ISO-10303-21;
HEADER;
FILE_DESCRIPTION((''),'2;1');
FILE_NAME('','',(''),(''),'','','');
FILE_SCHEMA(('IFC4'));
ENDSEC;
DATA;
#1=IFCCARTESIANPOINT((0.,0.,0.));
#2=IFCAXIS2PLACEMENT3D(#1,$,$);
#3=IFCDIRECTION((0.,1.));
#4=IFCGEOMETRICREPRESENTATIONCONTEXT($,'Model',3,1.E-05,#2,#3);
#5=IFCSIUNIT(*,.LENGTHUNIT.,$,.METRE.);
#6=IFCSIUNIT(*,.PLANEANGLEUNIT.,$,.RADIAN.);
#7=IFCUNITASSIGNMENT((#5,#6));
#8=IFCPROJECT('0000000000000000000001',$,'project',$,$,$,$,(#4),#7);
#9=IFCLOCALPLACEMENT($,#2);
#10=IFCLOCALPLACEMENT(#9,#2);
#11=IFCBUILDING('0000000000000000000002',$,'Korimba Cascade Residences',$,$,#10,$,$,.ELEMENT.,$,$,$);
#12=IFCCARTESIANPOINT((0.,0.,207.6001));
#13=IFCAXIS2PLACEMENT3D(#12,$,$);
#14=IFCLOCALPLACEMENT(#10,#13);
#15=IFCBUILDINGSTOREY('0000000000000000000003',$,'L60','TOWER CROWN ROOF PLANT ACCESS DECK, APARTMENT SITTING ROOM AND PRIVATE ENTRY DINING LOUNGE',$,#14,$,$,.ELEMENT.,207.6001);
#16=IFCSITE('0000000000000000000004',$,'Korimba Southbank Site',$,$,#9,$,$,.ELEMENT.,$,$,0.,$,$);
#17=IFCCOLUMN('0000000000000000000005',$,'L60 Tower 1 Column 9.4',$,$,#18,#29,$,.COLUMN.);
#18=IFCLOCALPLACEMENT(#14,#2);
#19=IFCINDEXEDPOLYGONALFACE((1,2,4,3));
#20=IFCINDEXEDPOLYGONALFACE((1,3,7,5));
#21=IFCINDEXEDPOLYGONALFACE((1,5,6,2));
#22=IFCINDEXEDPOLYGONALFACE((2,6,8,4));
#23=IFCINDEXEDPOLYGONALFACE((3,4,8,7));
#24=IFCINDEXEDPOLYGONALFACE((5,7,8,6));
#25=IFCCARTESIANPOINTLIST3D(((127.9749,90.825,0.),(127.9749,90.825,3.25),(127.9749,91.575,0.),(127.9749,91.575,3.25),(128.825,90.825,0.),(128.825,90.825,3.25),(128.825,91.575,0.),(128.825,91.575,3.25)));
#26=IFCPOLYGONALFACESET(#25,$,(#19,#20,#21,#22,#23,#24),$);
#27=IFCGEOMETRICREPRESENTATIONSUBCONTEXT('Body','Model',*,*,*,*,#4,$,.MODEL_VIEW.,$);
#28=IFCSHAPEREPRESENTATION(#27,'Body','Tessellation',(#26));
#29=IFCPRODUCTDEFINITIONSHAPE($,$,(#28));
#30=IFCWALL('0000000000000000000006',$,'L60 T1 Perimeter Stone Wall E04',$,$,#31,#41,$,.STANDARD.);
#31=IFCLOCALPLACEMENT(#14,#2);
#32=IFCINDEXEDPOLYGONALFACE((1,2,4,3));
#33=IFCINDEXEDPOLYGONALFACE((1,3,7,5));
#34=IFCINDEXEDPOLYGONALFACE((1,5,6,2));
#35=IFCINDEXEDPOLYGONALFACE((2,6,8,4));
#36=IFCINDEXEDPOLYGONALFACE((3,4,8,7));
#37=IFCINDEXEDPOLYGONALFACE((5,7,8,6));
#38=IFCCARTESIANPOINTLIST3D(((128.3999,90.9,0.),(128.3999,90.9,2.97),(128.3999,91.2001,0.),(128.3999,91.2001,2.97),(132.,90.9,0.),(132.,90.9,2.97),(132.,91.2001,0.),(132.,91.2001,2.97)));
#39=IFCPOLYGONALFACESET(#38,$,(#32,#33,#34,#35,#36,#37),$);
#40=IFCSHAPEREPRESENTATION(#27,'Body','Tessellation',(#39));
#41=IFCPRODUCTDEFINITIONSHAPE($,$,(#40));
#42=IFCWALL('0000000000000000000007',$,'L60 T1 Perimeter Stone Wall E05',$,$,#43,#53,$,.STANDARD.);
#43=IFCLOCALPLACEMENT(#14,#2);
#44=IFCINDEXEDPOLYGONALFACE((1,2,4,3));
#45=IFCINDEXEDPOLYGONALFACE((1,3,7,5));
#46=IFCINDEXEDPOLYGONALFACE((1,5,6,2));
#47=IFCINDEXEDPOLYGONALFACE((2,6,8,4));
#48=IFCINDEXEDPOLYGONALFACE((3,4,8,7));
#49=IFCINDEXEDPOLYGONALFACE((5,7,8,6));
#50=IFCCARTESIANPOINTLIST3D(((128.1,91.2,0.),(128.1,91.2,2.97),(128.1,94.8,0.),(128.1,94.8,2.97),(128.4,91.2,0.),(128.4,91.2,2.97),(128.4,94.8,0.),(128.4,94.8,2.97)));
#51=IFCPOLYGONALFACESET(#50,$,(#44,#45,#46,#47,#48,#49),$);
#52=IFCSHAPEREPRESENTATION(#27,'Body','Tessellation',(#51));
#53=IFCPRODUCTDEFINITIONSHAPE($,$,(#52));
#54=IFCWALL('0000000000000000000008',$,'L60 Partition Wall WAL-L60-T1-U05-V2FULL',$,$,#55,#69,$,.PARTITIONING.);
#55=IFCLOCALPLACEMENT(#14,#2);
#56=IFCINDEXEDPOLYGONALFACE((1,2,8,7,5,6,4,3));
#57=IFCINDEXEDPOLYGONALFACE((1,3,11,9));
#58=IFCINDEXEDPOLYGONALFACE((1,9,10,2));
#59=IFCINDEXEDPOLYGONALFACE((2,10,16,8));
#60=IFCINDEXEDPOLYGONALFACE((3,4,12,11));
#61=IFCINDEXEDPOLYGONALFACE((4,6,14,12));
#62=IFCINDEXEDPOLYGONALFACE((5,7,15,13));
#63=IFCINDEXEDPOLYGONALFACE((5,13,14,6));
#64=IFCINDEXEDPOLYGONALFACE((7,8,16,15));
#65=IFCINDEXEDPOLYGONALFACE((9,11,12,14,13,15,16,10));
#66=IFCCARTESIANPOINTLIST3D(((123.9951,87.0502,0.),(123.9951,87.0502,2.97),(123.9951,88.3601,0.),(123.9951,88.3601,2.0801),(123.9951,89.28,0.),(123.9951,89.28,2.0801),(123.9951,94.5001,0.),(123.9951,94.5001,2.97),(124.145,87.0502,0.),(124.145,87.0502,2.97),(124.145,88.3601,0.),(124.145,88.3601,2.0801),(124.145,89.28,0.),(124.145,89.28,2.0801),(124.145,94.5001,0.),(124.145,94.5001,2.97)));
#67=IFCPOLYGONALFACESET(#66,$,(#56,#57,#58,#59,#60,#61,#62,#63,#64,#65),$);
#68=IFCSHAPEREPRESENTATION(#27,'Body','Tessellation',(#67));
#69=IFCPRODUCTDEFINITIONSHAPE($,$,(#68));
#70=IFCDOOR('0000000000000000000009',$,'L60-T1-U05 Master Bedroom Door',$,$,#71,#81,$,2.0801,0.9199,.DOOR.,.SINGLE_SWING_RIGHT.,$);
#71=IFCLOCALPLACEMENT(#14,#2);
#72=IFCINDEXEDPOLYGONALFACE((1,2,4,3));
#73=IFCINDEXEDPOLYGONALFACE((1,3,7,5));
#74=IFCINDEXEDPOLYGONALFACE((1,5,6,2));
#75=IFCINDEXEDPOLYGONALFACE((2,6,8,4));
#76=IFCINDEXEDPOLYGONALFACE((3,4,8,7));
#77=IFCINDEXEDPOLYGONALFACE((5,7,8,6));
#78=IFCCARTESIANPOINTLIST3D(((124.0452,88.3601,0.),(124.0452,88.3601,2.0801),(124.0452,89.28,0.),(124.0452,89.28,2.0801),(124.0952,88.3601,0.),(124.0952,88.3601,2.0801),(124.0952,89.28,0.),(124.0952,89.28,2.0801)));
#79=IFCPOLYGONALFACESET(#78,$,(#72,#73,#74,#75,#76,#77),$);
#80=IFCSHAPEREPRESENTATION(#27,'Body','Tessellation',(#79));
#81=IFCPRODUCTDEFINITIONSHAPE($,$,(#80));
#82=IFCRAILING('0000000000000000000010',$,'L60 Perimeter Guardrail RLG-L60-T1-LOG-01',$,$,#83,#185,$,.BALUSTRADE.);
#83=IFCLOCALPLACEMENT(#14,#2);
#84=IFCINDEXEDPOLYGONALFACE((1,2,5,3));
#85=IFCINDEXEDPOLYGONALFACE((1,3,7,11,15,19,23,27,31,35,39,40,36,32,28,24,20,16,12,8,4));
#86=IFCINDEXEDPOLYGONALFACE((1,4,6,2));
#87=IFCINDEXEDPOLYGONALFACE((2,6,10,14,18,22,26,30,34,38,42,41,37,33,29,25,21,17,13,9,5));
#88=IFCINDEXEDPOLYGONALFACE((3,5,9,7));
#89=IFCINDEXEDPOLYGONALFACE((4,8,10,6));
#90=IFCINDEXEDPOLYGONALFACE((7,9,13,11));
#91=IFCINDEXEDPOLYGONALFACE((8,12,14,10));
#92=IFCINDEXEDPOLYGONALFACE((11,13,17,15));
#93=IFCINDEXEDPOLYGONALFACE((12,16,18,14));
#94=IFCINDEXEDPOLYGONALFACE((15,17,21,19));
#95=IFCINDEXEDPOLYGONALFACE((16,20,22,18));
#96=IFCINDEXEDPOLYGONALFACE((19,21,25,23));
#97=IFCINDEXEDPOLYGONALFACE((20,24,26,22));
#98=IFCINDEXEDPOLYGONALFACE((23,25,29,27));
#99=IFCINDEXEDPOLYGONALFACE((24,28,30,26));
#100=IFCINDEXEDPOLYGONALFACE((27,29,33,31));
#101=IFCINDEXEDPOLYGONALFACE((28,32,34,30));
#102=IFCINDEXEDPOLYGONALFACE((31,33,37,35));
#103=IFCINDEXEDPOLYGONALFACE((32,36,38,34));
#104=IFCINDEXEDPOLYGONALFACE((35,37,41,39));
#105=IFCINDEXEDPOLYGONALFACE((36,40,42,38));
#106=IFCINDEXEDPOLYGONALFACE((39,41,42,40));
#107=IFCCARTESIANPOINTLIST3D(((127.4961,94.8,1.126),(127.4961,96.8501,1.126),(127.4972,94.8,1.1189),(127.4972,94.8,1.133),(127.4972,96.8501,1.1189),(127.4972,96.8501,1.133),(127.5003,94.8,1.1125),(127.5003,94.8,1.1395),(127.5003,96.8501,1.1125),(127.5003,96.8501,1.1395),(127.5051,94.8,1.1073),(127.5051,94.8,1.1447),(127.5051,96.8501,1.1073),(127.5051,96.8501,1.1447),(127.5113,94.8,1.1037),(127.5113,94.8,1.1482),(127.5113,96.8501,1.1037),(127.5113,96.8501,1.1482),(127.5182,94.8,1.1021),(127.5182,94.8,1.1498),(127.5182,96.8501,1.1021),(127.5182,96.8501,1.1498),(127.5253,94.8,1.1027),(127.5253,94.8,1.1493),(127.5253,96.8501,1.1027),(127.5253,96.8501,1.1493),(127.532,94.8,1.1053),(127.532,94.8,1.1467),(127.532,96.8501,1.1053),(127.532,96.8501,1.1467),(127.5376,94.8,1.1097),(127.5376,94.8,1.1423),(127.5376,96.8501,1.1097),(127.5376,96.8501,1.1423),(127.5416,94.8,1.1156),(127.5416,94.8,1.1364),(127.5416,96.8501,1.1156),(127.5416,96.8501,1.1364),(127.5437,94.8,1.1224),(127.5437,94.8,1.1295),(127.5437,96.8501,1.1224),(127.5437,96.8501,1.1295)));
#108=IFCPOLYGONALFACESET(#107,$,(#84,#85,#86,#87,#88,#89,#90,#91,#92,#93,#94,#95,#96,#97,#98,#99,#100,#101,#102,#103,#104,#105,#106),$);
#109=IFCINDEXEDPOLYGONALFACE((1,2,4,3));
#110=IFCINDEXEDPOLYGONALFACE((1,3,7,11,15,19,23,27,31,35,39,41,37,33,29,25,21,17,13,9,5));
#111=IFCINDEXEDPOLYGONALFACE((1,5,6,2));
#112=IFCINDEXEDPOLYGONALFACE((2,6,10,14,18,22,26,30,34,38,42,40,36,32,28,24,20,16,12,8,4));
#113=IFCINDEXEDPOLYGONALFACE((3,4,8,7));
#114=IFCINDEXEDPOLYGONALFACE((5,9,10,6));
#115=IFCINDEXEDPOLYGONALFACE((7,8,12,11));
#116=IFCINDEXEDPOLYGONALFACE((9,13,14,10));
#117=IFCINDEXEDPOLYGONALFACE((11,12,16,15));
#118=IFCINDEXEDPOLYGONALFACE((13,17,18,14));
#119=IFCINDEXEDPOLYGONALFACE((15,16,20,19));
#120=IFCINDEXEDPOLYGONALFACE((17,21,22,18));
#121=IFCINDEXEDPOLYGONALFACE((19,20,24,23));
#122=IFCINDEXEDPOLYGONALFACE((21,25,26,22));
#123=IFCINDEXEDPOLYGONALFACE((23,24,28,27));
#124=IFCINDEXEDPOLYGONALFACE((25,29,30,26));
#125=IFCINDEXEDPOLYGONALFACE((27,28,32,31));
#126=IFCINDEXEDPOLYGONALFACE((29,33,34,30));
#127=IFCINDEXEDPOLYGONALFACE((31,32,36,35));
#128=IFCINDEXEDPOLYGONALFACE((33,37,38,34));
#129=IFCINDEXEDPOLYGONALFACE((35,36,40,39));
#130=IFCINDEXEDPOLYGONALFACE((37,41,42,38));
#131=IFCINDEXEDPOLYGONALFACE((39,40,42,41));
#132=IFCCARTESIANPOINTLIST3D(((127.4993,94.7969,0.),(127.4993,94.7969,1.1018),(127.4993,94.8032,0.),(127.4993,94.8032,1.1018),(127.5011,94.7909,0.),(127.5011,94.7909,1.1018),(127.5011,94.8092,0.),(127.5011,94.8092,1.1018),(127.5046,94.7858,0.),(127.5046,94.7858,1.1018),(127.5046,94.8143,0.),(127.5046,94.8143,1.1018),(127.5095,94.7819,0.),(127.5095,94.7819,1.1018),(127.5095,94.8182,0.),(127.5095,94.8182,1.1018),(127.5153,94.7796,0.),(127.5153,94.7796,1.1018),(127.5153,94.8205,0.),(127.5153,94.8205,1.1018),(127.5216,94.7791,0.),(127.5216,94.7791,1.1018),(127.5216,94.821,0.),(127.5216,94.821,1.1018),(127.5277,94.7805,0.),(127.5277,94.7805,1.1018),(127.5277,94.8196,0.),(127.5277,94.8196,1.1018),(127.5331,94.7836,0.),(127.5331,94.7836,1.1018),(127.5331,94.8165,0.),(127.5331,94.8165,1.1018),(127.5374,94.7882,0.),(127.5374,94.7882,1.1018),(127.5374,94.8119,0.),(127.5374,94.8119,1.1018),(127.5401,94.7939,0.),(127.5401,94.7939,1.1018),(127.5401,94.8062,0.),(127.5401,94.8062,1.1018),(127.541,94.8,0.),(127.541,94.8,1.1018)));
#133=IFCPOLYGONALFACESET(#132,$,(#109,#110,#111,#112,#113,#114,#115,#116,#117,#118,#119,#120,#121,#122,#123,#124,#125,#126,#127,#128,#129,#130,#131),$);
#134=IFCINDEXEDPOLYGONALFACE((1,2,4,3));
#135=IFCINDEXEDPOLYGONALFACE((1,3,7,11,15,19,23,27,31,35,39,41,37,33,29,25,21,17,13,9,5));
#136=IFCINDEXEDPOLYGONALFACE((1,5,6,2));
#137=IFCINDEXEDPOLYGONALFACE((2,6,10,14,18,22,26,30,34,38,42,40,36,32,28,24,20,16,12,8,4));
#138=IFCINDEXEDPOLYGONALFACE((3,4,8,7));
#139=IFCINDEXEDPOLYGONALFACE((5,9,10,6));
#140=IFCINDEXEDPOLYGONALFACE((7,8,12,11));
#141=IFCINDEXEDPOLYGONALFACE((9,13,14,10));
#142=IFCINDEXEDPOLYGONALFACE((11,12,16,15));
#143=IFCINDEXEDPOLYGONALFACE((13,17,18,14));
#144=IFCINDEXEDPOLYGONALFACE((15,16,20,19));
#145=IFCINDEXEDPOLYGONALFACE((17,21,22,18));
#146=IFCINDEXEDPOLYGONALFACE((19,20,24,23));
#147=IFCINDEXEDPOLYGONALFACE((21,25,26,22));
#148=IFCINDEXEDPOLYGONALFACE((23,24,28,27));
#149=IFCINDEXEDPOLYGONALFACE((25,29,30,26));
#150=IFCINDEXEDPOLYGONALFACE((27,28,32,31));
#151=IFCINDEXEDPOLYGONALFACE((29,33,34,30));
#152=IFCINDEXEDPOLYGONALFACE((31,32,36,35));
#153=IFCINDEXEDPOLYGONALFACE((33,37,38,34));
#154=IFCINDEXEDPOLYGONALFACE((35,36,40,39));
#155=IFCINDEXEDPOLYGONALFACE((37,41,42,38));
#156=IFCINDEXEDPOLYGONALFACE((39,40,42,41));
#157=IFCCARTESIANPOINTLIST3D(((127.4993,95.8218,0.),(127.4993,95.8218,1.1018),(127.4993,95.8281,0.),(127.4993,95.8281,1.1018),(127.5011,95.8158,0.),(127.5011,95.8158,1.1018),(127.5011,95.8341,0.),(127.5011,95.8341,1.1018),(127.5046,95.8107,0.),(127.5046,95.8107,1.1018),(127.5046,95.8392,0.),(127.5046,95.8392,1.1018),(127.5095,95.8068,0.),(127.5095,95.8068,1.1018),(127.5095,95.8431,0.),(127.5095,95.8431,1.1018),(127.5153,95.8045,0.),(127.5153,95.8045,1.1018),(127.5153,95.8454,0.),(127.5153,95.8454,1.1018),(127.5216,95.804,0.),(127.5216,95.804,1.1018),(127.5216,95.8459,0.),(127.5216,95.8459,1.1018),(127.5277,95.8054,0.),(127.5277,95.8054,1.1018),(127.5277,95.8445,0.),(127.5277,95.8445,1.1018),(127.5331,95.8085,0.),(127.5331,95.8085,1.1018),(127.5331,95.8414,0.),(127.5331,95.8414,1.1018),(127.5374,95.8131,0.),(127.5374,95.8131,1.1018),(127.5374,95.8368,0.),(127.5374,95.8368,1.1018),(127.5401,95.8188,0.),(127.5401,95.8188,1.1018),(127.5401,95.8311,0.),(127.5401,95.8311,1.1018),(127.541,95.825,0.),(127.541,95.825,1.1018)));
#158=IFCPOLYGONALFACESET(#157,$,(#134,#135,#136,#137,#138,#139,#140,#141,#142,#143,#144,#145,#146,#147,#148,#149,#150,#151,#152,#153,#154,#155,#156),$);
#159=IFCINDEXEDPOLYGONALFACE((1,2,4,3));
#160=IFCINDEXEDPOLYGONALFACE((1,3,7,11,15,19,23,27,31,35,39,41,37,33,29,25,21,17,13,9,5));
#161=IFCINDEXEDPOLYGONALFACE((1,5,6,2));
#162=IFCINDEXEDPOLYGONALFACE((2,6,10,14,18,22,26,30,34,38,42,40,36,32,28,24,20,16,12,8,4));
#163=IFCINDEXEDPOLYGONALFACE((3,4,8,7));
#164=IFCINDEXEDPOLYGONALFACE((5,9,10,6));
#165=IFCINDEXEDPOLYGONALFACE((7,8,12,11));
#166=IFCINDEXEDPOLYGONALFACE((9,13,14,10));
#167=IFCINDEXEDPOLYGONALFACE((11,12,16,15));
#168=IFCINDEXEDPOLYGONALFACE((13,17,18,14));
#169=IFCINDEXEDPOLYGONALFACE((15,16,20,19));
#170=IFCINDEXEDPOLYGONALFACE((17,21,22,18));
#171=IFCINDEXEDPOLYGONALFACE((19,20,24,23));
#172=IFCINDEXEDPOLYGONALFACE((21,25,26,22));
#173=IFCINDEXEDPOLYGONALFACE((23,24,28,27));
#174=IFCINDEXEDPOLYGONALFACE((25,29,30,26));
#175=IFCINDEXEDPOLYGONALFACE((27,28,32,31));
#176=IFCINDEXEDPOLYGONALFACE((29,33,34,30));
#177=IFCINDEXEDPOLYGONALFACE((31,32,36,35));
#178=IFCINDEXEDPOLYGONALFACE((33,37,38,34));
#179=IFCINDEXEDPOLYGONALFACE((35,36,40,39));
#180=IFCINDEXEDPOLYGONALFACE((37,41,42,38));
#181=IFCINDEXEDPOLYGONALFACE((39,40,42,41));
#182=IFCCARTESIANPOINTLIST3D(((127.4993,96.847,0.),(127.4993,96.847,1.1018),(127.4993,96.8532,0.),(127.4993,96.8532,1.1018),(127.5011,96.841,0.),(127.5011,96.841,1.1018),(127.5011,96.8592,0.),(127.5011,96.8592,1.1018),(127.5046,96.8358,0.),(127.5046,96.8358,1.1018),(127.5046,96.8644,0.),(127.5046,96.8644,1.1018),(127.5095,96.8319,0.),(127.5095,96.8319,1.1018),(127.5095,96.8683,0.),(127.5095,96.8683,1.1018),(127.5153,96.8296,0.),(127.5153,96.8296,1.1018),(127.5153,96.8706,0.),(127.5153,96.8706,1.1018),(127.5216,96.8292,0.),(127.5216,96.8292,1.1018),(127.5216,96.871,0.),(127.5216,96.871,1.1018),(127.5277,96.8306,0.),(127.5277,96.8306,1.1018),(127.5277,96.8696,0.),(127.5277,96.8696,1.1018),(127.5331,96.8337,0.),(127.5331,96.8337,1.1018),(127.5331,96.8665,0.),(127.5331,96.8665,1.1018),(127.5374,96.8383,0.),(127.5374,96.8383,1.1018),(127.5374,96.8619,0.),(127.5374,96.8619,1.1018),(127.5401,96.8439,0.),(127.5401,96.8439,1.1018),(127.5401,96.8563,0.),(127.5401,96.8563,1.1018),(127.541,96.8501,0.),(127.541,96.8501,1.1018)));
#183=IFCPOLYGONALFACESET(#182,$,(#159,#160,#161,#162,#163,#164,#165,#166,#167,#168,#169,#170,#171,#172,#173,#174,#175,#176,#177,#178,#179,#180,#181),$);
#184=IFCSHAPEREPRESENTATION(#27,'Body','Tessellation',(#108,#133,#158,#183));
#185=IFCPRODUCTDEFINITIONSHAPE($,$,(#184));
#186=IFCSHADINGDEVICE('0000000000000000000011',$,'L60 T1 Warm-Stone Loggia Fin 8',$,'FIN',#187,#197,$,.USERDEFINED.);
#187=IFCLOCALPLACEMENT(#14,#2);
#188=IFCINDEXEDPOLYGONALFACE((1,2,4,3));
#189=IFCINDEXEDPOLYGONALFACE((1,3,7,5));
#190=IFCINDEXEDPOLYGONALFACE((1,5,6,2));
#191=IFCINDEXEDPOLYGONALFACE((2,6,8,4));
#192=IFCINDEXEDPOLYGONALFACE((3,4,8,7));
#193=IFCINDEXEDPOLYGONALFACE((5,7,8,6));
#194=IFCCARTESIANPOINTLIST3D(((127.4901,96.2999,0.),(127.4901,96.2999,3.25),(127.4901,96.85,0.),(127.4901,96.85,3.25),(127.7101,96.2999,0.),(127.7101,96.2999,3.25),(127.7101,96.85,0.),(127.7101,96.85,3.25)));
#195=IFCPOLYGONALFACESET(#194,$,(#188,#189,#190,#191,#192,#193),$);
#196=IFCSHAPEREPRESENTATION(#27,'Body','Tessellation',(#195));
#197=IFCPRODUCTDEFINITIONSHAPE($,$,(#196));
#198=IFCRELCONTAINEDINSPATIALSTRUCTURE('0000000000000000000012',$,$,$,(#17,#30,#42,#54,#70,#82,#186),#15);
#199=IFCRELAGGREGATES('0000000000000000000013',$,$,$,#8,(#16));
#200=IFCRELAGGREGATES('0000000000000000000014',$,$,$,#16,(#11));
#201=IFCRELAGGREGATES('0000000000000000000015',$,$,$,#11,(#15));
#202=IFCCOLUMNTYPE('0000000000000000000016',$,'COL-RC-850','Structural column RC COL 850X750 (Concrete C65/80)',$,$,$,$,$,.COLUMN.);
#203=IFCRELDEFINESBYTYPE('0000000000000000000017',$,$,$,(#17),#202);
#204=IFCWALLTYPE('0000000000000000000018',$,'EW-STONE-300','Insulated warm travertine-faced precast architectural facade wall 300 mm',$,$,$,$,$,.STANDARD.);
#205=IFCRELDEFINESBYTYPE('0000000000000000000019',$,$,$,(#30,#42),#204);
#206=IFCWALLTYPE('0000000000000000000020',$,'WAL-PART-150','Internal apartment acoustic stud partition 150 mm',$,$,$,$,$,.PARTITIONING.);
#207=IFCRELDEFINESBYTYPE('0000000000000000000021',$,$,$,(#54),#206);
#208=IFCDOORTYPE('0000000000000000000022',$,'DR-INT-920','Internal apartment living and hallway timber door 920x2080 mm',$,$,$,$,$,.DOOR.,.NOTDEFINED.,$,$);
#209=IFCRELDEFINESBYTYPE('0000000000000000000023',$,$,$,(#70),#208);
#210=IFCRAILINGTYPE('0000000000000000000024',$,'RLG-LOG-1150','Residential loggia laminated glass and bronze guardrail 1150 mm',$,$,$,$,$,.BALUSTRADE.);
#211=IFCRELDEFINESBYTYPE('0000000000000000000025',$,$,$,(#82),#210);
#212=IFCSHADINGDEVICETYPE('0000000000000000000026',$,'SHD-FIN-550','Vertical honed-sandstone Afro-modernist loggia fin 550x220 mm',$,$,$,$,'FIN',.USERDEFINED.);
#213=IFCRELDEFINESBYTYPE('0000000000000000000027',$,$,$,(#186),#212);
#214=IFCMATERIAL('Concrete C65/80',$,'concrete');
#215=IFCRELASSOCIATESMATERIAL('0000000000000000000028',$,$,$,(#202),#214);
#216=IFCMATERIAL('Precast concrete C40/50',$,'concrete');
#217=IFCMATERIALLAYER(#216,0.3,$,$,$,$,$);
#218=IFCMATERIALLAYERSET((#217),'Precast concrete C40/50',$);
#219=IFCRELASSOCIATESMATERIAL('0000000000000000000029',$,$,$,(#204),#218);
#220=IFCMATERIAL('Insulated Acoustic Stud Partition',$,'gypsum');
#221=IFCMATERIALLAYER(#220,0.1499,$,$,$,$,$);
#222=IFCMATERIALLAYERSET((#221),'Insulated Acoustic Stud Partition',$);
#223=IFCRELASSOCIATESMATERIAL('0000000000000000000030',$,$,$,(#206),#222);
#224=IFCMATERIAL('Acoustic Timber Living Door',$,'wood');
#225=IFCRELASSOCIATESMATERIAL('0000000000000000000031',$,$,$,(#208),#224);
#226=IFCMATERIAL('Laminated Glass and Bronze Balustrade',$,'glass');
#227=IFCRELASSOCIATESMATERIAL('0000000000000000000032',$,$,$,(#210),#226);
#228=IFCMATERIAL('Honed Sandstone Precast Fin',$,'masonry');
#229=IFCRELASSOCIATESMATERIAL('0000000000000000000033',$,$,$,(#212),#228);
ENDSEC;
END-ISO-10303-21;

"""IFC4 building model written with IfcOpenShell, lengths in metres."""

from ifc_helpers import new_model, si_unit, direction, frame, frame_2d, origin, origin_2d, place, context, subcontext, project, spatial, rectangle, circle, extrude, material, layer, layer_set, material_profile, profile_set, type_object, element, fill, save


model = new_model("IFC4")

# Units and contexts
model_context = context("Model", 3, precision=1e-05, world=origin(), true_north=direction((0.0, 1.0)))
body_context = subcontext(model_context, "Body", "Model", "MODEL_VIEW")
ifc_project = project(units=[si_unit("LENGTHUNIT", "METRE"), si_unit("PLANEANGLEUNIT", "RADIAN")], contexts=[model_context])

# Site, building, storey
site_placement = place(None, origin())
site = spatial("IfcSite", under=ifc_project, at=site_placement, Name="Korimba Southbank Site", CompositionType="ELEMENT", RefElevation=0.0)
building_placement = place(site_placement, origin())
building = spatial("IfcBuilding", under=site, at=building_placement, Name="Korimba Cascade Residences", CompositionType="ELEMENT")
storey_placement = place(building_placement, frame((0.0, 0.0, 207.6001)))
storey = spatial("IfcBuildingStorey", under=building, at=storey_placement, Name="L60", Description="TOWER CROWN ROOF PLANT ACCESS DECK, APARTMENT SITTING ROOM AND PRIVATE ENTRY DINING LOUNGE", CompositionType="ELEMENT", Elevation=207.6001)

# Column
ifc_material_1 = material(Name="Concrete C65/80", Category="concrete")
ifc_material_profile = material_profile(ifc_material_1, rectangle(XDim=0.8501, YDim=0.75, at=origin_2d()), Name="Concrete C65/80")
ifc_profile_set = profile_set([ifc_material_profile], Name="Concrete C65/80")
column_type = type_object("IfcColumnType", Name="COL-RC-850", Description="Structural column RC COL 850X750 (Concrete C65/80)", PredefinedType="COLUMN", material=ifc_profile_set)
column_placement = place(storey_placement, frame((128.3999, 91.2, 0.0), z_axis=(0.0, 0.0, 1.0), x_axis=(1.0, 0.0, 0.0)))
element("IfcColumn", 1, at=column_placement, inside=storey, type_object=column_type, Name="L60 Tower 1 Column 9.4", PredefinedType="COLUMN", context=body_context, shape_type="SweptSolid", body=[
    extrude(rectangle(XDim=0.8501, YDim=0.75, at=origin_2d()), origin(), (0.0, 0.0, 1.0), 3.25),
])

# Shared definitions
ifc_material_2 = material(Name="Precast concrete C40/50", Category="concrete")

# Walls
ifc_layer_1 = layer(ifc_material_2, 0.3)
ifc_layer_set_1 = layer_set([ifc_layer_1], Name="Precast concrete C40/50")
wall_type_1 = type_object("IfcWallType", Name="EW-STONE-300", Description="Insulated warm travertine-faced precast architectural facade wall 300 mm", PredefinedType="STANDARD", material=ifc_layer_set_1)
for number, where, z_axis, x_axis, name in (
    (2, (132.0, 91.05, 0.0), (0.0, 0.0, 1.0), (-1.0, 0.0, 0.0), "L60 T1 Perimeter Stone Wall E04"),
    (3, (128.25, 91.2, 0.0), (0.0, 0.0, 1.0), (0.0, 1.0, 0.0), "L60 T1 Perimeter Stone Wall E05"),
):
    element("IfcWall", number, at=place(storey_placement, frame(where, z_axis=z_axis, x_axis=x_axis)), inside=storey, type_object=wall_type_1, Name=name, PredefinedType="STANDARD", context=body_context, shape_type="SweptSolid", body=[
        extrude(rectangle(XDim=3.6001, YDim=0.3, at=frame_2d((1.8, 0.0))), origin(), (0.0, 0.0, 1.0), 2.97),
    ])

# Wall, opening, door
ifc_material_3 = material(Name="Insulated Acoustic Stud Partition", Category="gypsum")
ifc_layer_2 = layer(ifc_material_3, 0.1499)
ifc_layer_set_2 = layer_set([ifc_layer_2], Name="Insulated Acoustic Stud Partition")
wall_type_2 = type_object("IfcWallType", Name="WAL-PART-150", Description="Internal apartment acoustic stud partition 150 mm", PredefinedType="PARTITIONING", material=ifc_layer_set_2)
wall_1_placement = place(storey_placement, frame((124.0701, 87.05, 0.0), z_axis=(0.0, 0.0, 1.0), x_axis=(0.0, 1.0, 0.0)))
wall_1 = element("IfcWall", 4, at=wall_1_placement, inside=storey, type_object=wall_type_2, Name="L60 Partition Wall WAL-L60-T1-U05-V2FULL", PredefinedType="PARTITIONING", context=body_context, shape_type="SweptSolid", body=[
    extrude(rectangle(XDim=7.45, YDim=0.1499, at=frame_2d((3.7251, 0.0))), origin(), (0.0, 0.0, 1.0), 2.97),
])
opening_1_placement = place(wall_1_placement, frame((1.3101, 0.0, 0.0)))
opening_1 = element("IfcOpeningElement", 5, at=opening_1_placement, cuts=wall_1, PredefinedType="OPENING", context=body_context, shape_type="SweptSolid", body=[
    extrude(rectangle(XDim=0.9199, YDim=2.0801, at=frame_2d((0.46, 1.04))), frame((0.0, 0.085, 0.0), z_axis=(0.0, -1.0, 0.0), x_axis=(1.0, 0.0, 0.0)), (0.0, 0.0, 1.0), 0.1699),
])
ifc_material_4 = material(Name="Acoustic Timber Living Door", Category="wood")
door_type_1 = type_object("IfcDoorType", Name="DR-INT-920", Description="Internal apartment living and hallway timber door 920x2080 mm", OperationType="NOTDEFINED", PredefinedType="DOOR", material=ifc_material_4)
door_1_placement = place(opening_1_placement, origin())
door_1 = element("IfcDoor", 6, at=door_1_placement, inside=storey, type_object=door_type_1, Name="L60-T1-U05 Master Bedroom Door", OperationType="SINGLE_SWING_RIGHT", OverallHeight=2.0801, OverallWidth=0.9199, PredefinedType="DOOR", context=body_context, shape_type="SweptSolid", body=[
    extrude(rectangle(XDim=0.9199, YDim=2.0801, at=frame_2d((0.46, 1.04))), frame((0.0, 0.0249, 0.0), z_axis=(0.0, -1.0, 0.0), x_axis=(1.0, 0.0, 0.0)), (0.0, 0.0, 1.0), 0.05),
])
fill(opening_1, door_1)

# Railing
ifc_material_5 = material(Name="Laminated Glass and Bronze Balustrade", Category="glass")
railing_type = type_object("IfcRailingType", Name="RLG-LOG-1150", Description="Residential loggia laminated glass and bronze guardrail 1150 mm", PredefinedType="BALUSTRADE", material=ifc_material_5)
railing_1_placement = place(storey_placement, frame((127.52, 94.8, 0.0)))
element("IfcRailing", 7, at=railing_1_placement, inside=storey, type_object=railing_type, Name="L60 Perimeter Guardrail RLG-L60-T1-LOG-01", PredefinedType="BALUSTRADE", context=body_context, shape_type="SweptSolid", body=[
    extrude(circle(Radius=0.0239, at=origin_2d()), frame((0.0, 0.0, 1.126), z_axis=(0.0, 1.0, 0.0), x_axis=(-1.0, 0.0, 0.0)), (0.0, 0.0, 1.0), 2.05),
    extrude(circle(Radius=0.021, at=origin_2d()), origin(), (0.0, 0.0, 1.0), 1.1018),
    extrude(circle(Radius=0.021, at=origin_2d()), frame((0.0, 1.0249, 0.0)), (0.0, 0.0, 1.0), 1.1018),
    extrude(circle(Radius=0.021, at=origin_2d()), frame((0.0, 2.05, 0.0)), (0.0, 0.0, 1.0), 1.1018),
])

# Shading device
ifc_material_6 = material(Name="Honed Sandstone Precast Fin", Category="masonry")
shading_device_type = type_object("IfcShadingDeviceType", Name="SHD-FIN-550", Description="Vertical honed-sandstone Afro-modernist loggia fin 550x220 mm", ElementType="FIN", PredefinedType="USERDEFINED", material=ifc_material_6)
shading_device_placement = place(storey_placement, frame((127.6001, 96.575, 0.0), z_axis=(0.0, 0.0, 1.0), x_axis=(1.0, 0.0, 0.0)))
element("IfcShadingDevice", 8, at=shading_device_placement, inside=storey, type_object=shading_device_type, Name="L60 T1 Warm-Stone Loggia Fin 8", ObjectType="FIN", PredefinedType="USERDEFINED", context=body_context, shape_type="SweptSolid", body=[
    extrude(rectangle(XDim=0.22, YDim=0.55, at=origin_2d()), origin(), (0.0, 0.0, 1.0), 3.25),
])

save(model, "model.ifc")
